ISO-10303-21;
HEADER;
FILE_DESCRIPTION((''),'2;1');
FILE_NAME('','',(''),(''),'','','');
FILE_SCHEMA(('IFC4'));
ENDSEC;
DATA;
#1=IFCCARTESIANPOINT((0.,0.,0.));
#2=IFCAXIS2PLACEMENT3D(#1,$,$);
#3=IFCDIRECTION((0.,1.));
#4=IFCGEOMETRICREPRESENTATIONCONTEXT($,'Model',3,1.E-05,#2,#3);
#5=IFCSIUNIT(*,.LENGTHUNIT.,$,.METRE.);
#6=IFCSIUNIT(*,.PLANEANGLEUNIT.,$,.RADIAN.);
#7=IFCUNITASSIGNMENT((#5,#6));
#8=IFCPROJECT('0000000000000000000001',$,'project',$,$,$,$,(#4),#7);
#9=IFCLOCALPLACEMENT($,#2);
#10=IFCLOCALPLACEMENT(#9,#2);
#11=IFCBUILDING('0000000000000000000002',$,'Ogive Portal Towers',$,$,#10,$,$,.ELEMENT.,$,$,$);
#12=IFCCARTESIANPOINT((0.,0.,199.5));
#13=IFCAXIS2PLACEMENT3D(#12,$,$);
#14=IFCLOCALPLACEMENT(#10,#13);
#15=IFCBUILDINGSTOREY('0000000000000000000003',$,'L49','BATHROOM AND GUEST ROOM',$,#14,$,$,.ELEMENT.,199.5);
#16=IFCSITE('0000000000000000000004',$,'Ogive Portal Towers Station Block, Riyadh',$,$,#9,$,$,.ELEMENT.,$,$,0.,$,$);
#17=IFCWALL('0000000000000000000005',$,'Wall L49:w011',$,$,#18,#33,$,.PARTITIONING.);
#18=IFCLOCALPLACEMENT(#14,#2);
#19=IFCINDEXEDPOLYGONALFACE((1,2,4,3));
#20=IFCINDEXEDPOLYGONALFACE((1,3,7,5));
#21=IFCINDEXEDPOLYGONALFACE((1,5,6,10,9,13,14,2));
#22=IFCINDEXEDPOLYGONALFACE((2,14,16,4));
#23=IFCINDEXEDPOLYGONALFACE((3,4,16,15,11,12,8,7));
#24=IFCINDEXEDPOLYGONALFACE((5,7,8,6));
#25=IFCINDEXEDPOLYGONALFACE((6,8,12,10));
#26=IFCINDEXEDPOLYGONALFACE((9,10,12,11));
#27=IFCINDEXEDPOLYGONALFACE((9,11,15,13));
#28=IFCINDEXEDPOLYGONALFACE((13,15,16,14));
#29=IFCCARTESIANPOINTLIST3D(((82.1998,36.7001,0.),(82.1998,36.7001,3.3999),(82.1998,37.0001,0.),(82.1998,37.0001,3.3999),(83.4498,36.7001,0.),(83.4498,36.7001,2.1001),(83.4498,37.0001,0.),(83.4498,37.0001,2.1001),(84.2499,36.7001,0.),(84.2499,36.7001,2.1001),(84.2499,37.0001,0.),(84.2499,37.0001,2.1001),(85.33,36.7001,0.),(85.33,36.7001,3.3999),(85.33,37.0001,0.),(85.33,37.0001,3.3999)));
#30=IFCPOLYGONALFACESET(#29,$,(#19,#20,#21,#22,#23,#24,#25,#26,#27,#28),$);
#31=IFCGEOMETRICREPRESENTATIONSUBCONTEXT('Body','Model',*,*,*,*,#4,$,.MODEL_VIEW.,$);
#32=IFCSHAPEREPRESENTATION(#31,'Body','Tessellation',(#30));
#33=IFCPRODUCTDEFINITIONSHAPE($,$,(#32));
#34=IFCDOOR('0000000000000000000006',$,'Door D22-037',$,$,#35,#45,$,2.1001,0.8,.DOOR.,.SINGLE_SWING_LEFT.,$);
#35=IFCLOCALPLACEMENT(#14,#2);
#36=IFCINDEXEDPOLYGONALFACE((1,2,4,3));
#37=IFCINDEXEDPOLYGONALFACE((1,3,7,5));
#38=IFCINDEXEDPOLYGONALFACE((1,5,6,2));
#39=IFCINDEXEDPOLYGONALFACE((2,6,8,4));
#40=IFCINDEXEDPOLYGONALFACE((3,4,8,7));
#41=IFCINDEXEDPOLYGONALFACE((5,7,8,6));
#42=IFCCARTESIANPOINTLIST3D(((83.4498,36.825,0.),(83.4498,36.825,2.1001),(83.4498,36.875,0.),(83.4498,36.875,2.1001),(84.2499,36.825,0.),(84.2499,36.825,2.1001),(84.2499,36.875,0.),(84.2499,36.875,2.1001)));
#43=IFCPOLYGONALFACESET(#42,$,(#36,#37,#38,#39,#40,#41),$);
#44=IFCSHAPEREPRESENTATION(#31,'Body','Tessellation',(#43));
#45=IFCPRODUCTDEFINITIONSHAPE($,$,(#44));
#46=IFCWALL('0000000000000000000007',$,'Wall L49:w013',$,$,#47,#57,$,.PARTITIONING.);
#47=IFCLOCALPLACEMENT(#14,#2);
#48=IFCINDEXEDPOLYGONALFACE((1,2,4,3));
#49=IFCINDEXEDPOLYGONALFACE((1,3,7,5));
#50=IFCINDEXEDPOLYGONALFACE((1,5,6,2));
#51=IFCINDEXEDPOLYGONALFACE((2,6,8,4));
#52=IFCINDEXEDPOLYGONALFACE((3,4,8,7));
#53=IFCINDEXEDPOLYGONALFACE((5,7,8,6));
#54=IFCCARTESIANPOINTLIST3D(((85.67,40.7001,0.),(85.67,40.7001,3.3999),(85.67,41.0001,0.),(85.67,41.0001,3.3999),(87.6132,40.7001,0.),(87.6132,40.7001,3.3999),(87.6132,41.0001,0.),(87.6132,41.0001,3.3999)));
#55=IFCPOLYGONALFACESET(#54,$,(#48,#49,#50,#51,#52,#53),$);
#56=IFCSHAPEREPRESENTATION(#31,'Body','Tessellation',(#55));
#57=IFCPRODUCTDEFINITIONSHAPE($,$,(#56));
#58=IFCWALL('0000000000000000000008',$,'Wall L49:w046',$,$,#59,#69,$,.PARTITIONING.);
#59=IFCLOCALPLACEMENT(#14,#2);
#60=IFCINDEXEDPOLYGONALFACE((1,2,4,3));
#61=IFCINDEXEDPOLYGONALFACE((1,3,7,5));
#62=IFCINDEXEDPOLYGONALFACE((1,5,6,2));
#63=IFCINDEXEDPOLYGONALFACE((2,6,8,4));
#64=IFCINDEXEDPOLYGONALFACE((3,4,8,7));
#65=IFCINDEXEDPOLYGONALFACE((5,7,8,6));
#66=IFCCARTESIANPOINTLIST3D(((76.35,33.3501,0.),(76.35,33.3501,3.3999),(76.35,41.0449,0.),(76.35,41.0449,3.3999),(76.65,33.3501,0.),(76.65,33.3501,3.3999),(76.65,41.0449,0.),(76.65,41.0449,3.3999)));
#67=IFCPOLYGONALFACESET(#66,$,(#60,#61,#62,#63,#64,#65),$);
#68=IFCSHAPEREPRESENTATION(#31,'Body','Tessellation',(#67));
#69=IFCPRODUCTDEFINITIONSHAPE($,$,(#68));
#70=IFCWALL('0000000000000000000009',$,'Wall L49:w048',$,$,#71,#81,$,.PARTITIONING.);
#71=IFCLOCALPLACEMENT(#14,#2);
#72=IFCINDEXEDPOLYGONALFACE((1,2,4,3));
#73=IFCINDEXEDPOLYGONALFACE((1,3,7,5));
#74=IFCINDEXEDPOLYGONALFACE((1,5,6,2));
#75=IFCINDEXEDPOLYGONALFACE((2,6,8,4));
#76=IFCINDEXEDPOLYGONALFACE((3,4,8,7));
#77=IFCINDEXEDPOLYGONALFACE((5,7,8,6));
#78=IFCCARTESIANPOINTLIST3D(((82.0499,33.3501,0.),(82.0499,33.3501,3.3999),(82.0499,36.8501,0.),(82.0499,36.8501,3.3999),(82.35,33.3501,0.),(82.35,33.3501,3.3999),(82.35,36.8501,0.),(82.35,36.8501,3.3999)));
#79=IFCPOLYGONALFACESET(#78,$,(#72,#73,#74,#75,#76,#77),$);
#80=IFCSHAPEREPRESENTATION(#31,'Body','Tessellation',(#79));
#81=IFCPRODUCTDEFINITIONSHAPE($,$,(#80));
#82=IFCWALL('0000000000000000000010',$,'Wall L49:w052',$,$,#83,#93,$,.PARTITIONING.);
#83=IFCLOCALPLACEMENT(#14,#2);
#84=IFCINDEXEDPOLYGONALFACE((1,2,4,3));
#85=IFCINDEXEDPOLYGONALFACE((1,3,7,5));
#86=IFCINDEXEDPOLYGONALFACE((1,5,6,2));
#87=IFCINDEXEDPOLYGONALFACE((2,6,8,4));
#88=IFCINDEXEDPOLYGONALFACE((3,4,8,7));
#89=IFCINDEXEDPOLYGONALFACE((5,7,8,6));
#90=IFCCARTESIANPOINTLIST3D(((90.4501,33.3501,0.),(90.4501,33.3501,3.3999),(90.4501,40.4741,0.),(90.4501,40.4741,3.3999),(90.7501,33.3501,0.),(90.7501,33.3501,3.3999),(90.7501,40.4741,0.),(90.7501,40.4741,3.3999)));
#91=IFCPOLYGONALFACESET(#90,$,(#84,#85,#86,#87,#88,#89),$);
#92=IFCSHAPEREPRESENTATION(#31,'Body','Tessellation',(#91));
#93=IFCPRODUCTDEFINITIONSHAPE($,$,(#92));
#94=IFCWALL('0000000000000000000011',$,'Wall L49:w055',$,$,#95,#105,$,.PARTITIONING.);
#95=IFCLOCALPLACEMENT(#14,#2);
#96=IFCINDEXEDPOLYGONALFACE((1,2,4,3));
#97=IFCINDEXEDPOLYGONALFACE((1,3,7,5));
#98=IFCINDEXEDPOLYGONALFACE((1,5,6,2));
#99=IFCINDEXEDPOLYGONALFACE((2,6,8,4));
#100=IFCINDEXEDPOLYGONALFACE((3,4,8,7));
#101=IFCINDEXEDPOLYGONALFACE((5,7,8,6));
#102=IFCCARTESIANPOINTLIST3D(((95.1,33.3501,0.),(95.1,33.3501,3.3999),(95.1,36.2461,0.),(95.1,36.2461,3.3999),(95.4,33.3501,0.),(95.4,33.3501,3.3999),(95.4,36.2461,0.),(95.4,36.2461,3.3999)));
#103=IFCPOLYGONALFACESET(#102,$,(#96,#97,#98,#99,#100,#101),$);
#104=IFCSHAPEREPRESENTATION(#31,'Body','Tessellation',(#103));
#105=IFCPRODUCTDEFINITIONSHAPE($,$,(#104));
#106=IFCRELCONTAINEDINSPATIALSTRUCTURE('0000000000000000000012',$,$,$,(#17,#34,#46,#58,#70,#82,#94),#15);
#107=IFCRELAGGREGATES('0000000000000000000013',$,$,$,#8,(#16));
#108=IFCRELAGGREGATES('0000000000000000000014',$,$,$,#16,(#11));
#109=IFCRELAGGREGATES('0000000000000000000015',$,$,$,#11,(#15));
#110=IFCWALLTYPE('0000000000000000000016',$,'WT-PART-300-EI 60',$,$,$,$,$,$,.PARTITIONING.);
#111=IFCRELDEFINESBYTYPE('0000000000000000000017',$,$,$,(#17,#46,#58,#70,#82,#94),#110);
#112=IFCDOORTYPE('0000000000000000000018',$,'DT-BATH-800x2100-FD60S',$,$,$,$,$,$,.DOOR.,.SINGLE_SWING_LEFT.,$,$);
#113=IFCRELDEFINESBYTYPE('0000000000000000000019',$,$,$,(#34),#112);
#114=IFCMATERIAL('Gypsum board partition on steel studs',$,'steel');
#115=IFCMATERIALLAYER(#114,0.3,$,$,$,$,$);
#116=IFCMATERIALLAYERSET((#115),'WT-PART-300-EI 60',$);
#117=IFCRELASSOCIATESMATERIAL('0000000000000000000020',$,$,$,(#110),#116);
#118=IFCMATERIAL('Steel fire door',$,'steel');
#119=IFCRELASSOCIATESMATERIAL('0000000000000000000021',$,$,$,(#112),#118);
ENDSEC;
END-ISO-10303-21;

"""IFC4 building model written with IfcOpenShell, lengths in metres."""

from ifc_helpers import new_model, si_unit, direction, frame, frame_2d, origin, place, context, subcontext, project, spatial, rectangle, extrude, material, layer, layer_set, type_object, element, fill, save


model = new_model("IFC4")

# Units and contexts
model_context = context("Model", 3, precision=1e-05, world=origin(), true_north=direction((0.0, 1.0)))
body_context = subcontext(model_context, "Body", "Model", "MODEL_VIEW")
ifc_project = project(units=[si_unit("LENGTHUNIT", "METRE"), si_unit("PLANEANGLEUNIT", "RADIAN")], contexts=[model_context])

# Site, building, storey
site_placement = place(None, origin())
site = spatial("IfcSite", under=ifc_project, at=site_placement, Name="Ogive Portal Towers Station Block, Riyadh", CompositionType="ELEMENT", RefElevation=0.0)
building_placement = place(site_placement, origin())
building = spatial("IfcBuilding", under=site, at=building_placement, Name="Ogive Portal Towers", CompositionType="ELEMENT")
storey_placement = place(building_placement, frame((0.0, 0.0, 199.5)))
storey = spatial("IfcBuildingStorey", under=building, at=storey_placement, Name="L49", Description="BATHROOM AND GUEST ROOM", CompositionType="ELEMENT", Elevation=199.5)

# Shared definitions
ifc_material_1 = material(Name="Steel fire door", Category="steel")
ifc_material_2 = material(Name="Gypsum board partition on steel studs", Category="steel")

# Wall, opening, door
ifc_layer_1 = layer(ifc_material_2, 0.3)
ifc_layer_set_1 = layer_set([ifc_layer_1], Name="WT-PART-300-EI 60")
wall_type_1 = type_object("IfcWallType", Name="WT-PART-300-EI 60", PredefinedType="PARTITIONING", material=ifc_layer_set_1)
wall_1_placement = place(storey_placement, frame((82.2, 36.8501, 0.0), z_axis=(0.0, 0.0, 1.0), x_axis=(1.0, 0.0, 0.0)))
wall_1 = element("IfcWall", 1, at=wall_1_placement, inside=storey, type_object=wall_type_1, Name="Wall L49:w011", PredefinedType="PARTITIONING", context=body_context, shape_type="SweptSolid", body=[
    extrude(rectangle(XDim=3.1301, YDim=0.3, at=frame_2d((1.5649, 0.0))), origin(), (0.0, 0.0, 1.0), 3.3999),
])
opening_1_placement = place(wall_1_placement, frame((1.25, 0.0, 0.0)))
opening_1 = element("IfcOpeningElement", 2, at=opening_1_placement, cuts=wall_1, PredefinedType="OPENING", context=body_context, shape_type="SweptSolid", body=[
    extrude(rectangle(XDim=0.8, YDim=2.1001, at=frame_2d((0.3999, 1.05))), frame((0.0, 0.1602, 0.0), z_axis=(0.0, -1.0, 0.0), x_axis=(1.0, 0.0, 0.0)), (0.0, 0.0, 1.0), 0.3201),
])
door_type_1 = type_object("IfcDoorType", Name="DT-BATH-800x2100-FD60S", OperationType="SINGLE_SWING_LEFT", PredefinedType="DOOR", material=ifc_material_1)
door_1_placement = place(opening_1_placement, origin())
door_1 = element("IfcDoor", 3, at=door_1_placement, inside=storey, type_object=door_type_1, Name="Door D22-037", OperationType="SINGLE_SWING_LEFT", OverallHeight=2.1001, OverallWidth=0.8, PredefinedType="DOOR", context=body_context, shape_type="SweptSolid", body=[
    extrude(rectangle(XDim=0.8, YDim=2.1001, at=frame_2d((0.3999, 1.05))), frame((0.0, 0.0249, 0.0), z_axis=(0.0, -1.0, 0.0), x_axis=(1.0, 0.0, 0.0)), (0.0, 0.0, 1.0), 0.05),
])
fill(opening_1, door_1)

# Walls
wall_2_placement = place(storey_placement, frame((85.6699, 40.8501, 0.0), z_axis=(0.0, 0.0, 1.0), x_axis=(1.0, 0.0, 0.0)))
element("IfcWall", 4, at=wall_2_placement, inside=storey, type_object=wall_type_1, Name="Wall L49:w013", PredefinedType="PARTITIONING", context=body_context, shape_type="SweptSolid", body=[
    extrude(rectangle(XDim=1.9431, YDim=0.3, at=frame_2d((0.9717, 0.0))), origin(), (0.0, 0.0, 1.0), 3.3999),
])
wall_3_placement = place(storey_placement, frame((76.5, 33.3501, 0.0), z_axis=(0.0, 0.0, 1.0), x_axis=(0.0, 1.0, 0.0)))
element("IfcWall", 5, at=wall_3_placement, inside=storey, type_object=wall_type_1, Name="Wall L49:w046", PredefinedType="PARTITIONING", context=body_context, shape_type="SweptSolid", body=[
    extrude(rectangle(XDim=7.6948, YDim=0.3, at=frame_2d((3.8474, 0.0))), origin(), (0.0, 0.0, 1.0), 3.3999),
])
wall_4_placement = place(storey_placement, frame((82.2, 33.3501, 0.0), z_axis=(0.0, 0.0, 1.0), x_axis=(0.0, 1.0, 0.0)))
element("IfcWall", 6, at=wall_4_placement, inside=storey, type_object=wall_type_1, Name="Wall L49:w048", PredefinedType="PARTITIONING", context=body_context, shape_type="SweptSolid", body=[
    extrude(rectangle(XDim=3.5, YDim=0.3, at=frame_2d((1.75, 0.0))), origin(), (0.0, 0.0, 1.0), 3.3999),
])
wall_5_placement = place(storey_placement, frame((90.6001, 33.3501, 0.0), z_axis=(0.0, 0.0, 1.0), x_axis=(0.0, 1.0, 0.0)))
element("IfcWall", 7, at=wall_5_placement, inside=storey, type_object=wall_type_1, Name="Wall L49:w052", PredefinedType="PARTITIONING", context=body_context, shape_type="SweptSolid", body=[
    extrude(rectangle(XDim=7.124, YDim=0.3, at=frame_2d((3.562, 0.0))), origin(), (0.0, 0.0, 1.0), 3.3999),
])
wall_6_placement = place(storey_placement, frame((95.25, 33.3501, 0.0), z_axis=(0.0, 0.0, 1.0), x_axis=(0.0, 1.0, 0.0)))
element("IfcWall", 8, at=wall_6_placement, inside=storey, type_object=wall_type_1, Name="Wall L49:w055", PredefinedType="PARTITIONING", context=body_context, shape_type="SweptSolid", body=[
    extrude(rectangle(XDim=2.896, YDim=0.3, at=frame_2d((1.448, 0.0))), origin(), (0.0, 0.0, 1.0), 3.3999),
])

save(model, "model.ifc")
